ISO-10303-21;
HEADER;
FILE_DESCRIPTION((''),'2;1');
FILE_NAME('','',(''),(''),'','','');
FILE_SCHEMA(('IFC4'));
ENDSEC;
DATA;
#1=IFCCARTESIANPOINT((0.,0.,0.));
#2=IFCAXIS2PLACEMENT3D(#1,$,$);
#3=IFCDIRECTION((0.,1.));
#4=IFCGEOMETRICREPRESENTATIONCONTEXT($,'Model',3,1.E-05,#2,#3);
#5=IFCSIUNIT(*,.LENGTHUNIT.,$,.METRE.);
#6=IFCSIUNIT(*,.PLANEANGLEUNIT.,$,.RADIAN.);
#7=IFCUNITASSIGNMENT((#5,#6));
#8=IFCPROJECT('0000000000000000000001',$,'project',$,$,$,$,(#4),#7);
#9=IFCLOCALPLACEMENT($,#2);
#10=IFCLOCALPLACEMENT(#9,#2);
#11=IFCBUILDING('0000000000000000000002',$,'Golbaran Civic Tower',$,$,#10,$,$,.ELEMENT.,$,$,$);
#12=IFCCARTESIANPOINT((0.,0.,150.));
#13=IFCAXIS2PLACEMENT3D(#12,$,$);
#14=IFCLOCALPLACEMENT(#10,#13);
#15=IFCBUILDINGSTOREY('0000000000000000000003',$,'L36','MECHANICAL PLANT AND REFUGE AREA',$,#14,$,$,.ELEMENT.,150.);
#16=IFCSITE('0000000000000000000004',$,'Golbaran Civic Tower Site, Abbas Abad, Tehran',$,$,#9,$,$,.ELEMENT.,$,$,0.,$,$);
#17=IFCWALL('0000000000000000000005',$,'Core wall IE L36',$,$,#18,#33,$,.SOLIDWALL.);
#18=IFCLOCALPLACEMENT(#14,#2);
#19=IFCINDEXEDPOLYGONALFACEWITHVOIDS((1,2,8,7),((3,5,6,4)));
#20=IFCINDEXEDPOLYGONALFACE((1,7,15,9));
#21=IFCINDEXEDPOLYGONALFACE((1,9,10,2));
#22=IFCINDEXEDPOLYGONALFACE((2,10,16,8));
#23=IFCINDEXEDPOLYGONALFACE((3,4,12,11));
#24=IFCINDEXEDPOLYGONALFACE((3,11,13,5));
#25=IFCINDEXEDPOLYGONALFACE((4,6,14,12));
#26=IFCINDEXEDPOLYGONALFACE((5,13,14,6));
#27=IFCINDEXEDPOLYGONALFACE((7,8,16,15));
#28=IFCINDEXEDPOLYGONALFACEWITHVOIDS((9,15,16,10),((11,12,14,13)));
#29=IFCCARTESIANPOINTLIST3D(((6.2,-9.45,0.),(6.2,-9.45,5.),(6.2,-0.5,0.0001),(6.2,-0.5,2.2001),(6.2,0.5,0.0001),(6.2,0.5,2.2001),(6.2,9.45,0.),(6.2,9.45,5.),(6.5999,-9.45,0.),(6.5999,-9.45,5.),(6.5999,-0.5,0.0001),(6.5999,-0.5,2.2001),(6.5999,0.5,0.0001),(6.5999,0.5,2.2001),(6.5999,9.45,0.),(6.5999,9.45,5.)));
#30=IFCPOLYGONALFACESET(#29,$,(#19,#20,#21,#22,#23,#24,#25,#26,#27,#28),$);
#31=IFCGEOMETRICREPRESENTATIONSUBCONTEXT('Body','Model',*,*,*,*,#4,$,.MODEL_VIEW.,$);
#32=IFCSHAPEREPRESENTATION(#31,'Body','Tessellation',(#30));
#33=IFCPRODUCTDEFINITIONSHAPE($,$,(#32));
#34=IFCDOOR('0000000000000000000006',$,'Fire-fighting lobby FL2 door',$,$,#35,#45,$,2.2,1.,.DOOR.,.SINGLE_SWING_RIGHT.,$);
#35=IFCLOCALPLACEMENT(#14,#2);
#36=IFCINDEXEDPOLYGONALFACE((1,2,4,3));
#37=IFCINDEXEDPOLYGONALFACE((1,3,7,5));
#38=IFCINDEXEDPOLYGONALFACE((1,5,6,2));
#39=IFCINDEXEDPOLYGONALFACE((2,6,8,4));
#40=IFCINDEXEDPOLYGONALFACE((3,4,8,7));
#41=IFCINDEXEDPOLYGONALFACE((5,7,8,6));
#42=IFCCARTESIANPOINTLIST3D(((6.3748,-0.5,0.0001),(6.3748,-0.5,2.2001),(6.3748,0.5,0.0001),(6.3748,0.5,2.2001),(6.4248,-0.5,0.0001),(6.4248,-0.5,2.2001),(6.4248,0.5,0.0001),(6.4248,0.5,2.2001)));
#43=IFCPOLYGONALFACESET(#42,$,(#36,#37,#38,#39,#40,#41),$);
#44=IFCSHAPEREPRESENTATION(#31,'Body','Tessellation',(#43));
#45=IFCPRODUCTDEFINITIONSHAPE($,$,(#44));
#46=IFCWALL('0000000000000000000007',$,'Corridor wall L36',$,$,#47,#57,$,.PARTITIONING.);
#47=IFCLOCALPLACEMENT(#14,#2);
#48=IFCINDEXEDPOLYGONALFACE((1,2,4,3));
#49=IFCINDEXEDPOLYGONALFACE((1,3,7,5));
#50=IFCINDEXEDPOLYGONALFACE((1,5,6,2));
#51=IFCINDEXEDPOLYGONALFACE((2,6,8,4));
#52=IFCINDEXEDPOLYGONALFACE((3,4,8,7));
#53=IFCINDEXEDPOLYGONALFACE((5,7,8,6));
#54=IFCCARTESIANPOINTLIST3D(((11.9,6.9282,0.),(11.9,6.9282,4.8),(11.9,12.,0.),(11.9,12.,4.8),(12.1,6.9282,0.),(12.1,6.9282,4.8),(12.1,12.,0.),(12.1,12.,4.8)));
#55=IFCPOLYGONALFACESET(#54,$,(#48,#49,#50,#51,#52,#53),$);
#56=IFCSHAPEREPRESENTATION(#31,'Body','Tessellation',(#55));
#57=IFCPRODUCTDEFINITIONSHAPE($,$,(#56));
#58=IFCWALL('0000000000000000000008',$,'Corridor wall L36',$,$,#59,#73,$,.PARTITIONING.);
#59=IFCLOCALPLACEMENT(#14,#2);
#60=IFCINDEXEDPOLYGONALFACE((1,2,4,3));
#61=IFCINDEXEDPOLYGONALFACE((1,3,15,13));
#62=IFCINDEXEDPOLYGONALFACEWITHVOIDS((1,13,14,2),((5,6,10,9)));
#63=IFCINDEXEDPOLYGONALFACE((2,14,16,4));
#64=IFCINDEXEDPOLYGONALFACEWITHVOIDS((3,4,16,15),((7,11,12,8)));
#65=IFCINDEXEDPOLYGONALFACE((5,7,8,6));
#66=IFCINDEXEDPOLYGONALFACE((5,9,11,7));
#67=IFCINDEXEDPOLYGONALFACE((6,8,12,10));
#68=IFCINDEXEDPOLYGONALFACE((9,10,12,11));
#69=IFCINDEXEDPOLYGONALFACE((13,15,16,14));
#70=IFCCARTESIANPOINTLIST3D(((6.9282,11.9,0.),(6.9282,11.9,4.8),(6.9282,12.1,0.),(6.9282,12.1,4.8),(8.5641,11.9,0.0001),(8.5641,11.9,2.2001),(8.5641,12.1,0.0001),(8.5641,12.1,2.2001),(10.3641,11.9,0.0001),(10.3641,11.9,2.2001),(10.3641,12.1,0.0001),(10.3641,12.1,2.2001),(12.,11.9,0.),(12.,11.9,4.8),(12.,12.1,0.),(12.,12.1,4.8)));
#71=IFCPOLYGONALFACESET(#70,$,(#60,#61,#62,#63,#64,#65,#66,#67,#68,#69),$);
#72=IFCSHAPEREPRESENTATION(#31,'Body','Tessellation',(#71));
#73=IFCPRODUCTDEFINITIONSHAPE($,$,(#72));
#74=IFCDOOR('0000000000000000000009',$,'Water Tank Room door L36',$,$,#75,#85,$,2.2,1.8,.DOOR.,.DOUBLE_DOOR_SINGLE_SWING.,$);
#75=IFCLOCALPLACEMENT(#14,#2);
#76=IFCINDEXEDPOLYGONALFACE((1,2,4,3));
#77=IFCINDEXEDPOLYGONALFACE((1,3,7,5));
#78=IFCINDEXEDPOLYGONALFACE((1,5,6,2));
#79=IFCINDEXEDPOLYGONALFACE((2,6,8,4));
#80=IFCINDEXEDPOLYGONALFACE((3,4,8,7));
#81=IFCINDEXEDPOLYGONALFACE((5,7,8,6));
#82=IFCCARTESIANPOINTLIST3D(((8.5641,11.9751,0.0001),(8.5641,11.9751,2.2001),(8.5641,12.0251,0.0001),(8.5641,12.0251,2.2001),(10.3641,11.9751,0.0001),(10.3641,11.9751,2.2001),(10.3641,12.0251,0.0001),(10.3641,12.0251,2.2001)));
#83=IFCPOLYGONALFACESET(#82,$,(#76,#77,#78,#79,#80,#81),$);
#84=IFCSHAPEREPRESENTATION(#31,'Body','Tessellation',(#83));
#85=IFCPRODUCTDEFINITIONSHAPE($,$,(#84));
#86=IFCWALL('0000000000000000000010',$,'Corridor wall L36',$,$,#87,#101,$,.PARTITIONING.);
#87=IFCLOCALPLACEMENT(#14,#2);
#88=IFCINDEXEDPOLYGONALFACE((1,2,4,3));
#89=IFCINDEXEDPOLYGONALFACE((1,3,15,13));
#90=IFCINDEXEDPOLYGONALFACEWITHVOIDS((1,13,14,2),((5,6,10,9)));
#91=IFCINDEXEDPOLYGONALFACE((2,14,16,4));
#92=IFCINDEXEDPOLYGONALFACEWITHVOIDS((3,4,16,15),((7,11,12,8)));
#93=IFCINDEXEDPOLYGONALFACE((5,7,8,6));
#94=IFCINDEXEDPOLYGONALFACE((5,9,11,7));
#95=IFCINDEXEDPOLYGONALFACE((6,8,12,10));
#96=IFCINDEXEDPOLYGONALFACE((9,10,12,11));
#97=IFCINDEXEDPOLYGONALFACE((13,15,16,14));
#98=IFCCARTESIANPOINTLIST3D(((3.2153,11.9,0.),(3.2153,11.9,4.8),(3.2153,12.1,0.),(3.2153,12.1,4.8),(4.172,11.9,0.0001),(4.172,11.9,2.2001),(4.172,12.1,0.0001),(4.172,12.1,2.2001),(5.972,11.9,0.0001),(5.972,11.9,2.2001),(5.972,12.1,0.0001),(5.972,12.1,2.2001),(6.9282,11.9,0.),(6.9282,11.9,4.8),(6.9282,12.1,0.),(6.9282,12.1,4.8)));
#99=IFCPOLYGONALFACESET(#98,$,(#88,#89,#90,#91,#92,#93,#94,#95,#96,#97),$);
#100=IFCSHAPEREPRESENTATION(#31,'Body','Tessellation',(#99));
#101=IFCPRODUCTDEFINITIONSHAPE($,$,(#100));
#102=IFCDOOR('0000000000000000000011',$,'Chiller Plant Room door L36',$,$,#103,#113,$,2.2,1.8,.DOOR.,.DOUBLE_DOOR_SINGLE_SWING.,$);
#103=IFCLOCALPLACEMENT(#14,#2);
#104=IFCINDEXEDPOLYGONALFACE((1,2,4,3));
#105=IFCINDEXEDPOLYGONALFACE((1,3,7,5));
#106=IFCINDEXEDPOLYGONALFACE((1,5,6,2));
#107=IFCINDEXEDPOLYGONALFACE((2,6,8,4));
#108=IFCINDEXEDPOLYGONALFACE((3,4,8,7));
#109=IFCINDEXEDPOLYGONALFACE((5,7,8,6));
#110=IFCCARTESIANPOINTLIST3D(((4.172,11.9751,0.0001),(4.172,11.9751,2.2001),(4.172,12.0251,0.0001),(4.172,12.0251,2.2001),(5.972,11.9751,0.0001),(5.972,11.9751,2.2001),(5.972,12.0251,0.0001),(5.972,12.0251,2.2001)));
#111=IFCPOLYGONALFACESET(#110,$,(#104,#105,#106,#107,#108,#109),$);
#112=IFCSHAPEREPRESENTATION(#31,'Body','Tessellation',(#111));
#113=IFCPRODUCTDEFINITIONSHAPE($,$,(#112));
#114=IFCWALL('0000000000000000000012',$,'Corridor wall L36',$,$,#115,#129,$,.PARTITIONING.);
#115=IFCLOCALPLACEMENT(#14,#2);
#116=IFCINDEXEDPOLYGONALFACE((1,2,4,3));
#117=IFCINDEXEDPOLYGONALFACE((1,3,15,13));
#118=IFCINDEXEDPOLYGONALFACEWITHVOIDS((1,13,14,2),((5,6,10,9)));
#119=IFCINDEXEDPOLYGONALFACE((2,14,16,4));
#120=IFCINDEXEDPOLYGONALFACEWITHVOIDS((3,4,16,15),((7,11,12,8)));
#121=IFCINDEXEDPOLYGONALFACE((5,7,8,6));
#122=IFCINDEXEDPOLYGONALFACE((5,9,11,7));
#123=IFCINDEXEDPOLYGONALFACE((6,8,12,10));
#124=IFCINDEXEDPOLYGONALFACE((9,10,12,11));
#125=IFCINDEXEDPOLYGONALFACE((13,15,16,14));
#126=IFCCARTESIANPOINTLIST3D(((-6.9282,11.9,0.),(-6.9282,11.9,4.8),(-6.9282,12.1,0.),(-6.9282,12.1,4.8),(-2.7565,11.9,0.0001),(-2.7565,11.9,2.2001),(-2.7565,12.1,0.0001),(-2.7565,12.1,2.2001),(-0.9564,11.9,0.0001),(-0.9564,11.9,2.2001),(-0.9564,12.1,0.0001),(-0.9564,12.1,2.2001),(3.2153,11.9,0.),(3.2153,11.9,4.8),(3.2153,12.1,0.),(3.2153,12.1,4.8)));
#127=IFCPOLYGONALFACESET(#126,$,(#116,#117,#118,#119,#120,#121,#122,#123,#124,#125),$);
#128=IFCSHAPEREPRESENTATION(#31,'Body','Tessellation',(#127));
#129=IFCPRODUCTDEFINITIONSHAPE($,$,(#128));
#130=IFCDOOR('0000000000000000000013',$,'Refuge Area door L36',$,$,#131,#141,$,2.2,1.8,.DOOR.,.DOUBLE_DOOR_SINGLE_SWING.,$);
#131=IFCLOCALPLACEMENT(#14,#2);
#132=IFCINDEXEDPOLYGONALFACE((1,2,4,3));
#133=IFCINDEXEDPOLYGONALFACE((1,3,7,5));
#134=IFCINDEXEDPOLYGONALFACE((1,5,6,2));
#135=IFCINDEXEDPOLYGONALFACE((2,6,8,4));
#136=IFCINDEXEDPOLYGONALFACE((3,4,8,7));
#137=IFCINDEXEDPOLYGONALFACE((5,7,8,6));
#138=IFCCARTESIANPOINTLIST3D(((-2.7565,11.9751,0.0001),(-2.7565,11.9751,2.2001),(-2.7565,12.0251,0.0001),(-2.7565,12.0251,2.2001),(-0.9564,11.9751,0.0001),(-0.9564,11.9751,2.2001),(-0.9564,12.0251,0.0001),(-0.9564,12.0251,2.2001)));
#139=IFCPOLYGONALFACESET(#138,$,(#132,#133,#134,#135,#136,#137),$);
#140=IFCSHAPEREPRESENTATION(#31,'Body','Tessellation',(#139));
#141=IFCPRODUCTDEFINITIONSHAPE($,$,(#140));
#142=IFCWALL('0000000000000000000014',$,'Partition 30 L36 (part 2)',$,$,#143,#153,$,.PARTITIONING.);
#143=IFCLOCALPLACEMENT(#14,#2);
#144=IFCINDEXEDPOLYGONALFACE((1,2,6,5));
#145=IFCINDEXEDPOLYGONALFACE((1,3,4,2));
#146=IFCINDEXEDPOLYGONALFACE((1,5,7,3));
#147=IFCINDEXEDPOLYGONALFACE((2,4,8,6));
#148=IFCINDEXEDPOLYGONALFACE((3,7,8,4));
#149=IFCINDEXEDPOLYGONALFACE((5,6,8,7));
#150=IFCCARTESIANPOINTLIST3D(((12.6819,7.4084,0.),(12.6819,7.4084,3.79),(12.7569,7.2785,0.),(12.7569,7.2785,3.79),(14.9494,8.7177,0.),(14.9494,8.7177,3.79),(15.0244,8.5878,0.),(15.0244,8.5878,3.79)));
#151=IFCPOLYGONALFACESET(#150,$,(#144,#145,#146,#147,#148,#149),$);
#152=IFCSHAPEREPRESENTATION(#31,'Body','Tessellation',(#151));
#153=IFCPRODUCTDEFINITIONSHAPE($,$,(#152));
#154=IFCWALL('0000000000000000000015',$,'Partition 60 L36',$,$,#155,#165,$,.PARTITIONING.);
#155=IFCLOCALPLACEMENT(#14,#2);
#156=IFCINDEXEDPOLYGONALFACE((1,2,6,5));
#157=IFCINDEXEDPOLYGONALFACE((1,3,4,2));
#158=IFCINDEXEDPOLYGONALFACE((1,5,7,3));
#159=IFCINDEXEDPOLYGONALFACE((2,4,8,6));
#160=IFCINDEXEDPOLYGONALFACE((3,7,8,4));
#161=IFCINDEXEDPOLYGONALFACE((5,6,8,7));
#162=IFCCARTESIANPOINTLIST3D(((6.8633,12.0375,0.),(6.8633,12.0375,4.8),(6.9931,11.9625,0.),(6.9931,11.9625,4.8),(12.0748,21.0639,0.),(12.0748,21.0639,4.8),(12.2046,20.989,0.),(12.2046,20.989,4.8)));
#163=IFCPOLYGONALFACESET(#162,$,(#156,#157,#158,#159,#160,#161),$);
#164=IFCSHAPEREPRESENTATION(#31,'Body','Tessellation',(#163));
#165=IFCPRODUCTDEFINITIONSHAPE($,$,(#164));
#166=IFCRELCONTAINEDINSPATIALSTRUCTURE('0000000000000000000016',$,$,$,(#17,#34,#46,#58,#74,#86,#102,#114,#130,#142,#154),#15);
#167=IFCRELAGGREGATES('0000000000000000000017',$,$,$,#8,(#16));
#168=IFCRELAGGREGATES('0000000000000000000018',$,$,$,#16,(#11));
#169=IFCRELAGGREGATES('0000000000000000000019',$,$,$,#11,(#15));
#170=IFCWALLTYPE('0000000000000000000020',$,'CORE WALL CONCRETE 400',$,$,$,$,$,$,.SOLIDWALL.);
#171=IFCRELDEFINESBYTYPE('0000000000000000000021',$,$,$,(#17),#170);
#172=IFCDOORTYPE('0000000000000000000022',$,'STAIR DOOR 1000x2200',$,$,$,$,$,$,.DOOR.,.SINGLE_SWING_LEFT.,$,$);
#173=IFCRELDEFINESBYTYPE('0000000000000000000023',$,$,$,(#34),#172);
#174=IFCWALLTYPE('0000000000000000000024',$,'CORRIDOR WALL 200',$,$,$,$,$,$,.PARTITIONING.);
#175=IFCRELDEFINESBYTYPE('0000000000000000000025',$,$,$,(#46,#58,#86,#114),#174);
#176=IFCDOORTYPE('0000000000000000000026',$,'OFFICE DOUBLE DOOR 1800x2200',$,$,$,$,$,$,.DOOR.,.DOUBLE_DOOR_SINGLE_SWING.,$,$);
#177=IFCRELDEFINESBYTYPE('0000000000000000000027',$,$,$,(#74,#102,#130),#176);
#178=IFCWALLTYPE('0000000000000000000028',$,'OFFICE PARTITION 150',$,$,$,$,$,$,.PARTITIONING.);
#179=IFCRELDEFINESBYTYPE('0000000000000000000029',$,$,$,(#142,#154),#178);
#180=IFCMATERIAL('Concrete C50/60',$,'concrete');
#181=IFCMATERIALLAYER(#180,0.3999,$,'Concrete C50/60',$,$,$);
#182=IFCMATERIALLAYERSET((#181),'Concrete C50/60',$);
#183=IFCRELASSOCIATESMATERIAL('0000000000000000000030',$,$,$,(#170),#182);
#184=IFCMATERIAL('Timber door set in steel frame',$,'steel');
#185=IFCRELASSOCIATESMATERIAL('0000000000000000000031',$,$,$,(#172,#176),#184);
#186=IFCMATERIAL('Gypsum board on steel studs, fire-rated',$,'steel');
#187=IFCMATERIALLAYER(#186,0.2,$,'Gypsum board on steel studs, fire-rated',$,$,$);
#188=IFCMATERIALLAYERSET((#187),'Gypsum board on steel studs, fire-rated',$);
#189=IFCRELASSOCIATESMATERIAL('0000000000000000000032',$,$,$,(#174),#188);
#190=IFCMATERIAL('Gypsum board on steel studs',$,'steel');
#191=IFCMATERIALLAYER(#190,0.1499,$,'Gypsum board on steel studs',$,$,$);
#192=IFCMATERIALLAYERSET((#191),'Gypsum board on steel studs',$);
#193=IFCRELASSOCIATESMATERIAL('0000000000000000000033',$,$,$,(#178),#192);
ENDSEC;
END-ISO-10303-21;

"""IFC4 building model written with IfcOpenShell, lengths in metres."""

from ifc_helpers import new_model, si_unit, direction, frame, frame_2d, origin, place, context, subcontext, project, spatial, rectangle, extrude, material, layer, layer_set, type_object, element, fill, save


model = new_model("IFC4")

# Units and contexts
model_context = context("Model", 3, precision=1e-05, world=origin(), true_north=direction((0.0, 1.0)))
body_context = subcontext(model_context, "Body", "Model", "MODEL_VIEW")
ifc_project = project(units=[si_unit("LENGTHUNIT", "METRE"), si_unit("PLANEANGLEUNIT", "RADIAN")], contexts=[model_context])

# Site, building, storey
site_placement = place(None, origin())
site = spatial("IfcSite", under=ifc_project, at=site_placement, Name="Golbaran Civic Tower Site, Abbas Abad, Tehran", CompositionType="ELEMENT", RefElevation=0.0)
building_placement = place(site_placement, origin())
building = spatial("IfcBuilding", under=site, at=building_placement, Name="Golbaran Civic Tower", CompositionType="ELEMENT")
storey_placement = place(building_placement, frame((0.0, 0.0, 150.0)))
storey = spatial("IfcBuildingStorey", under=building, at=storey_placement, Name="L36", Description="MECHANICAL PLANT AND REFUGE AREA", CompositionType="ELEMENT", Elevation=150.0)

# Wall, opening, door
ifc_material_1 = material(Name="Concrete C50/60", Category="concrete")
ifc_layer_1 = layer(ifc_material_1, 0.3999, Name="Concrete C50/60")
ifc_layer_set_1 = layer_set([ifc_layer_1], Name="Concrete C50/60")
wall_type_1 = type_object("IfcWallType", Name="CORE WALL CONCRETE 400", PredefinedType="SOLIDWALL", material=ifc_layer_set_1)
wall_1_placement = place(storey_placement, frame((6.3999, 9.45, 0.0), z_axis=(0.0, 0.0, 1.0), x_axis=(0.0, -1.0, 0.0)))
wall_1 = element("IfcWall", 1, at=wall_1_placement, inside=storey, type_object=wall_type_1, Name="Core wall IE L36", PredefinedType="SOLIDWALL", context=body_context, shape_type="SweptSolid", body=[
    extrude(rectangle(XDim=18.8999, YDim=0.3999, at=frame_2d((9.45, 0.0))), origin(), (0.0, 0.0, 1.0), 5.0),
])
opening_1_placement = place(wall_1_placement, frame((8.95, 0.0, 0.0)))
opening_1 = element("IfcOpeningElement", 2, at=opening_1_placement, cuts=wall_1, PredefinedType="OPENING", context=body_context, shape_type="SweptSolid", body=[
    extrude(rectangle(XDim=1.0, YDim=2.2, at=frame_2d((0.5, 1.1001))), frame((0.0, 0.21, 0.0), z_axis=(0.0, -1.0, 0.0), x_axis=(1.0, 0.0, 0.0)), (0.0, 0.0, 1.0), 0.4199),
])
ifc_material_2 = material(Name="Timber door set in steel frame", Category="steel")
door_type_1 = type_object("IfcDoorType", Name="STAIR DOOR 1000x2200", OperationType="SINGLE_SWING_LEFT", PredefinedType="DOOR", material=ifc_material_2)
door_1_placement = place(opening_1_placement, origin())
door_1 = element("IfcDoor", 3, at=door_1_placement, inside=storey, type_object=door_type_1, Name="Fire-fighting lobby FL2 door", OperationType="SINGLE_SWING_RIGHT", OverallHeight=2.2, OverallWidth=1.0, PredefinedType="DOOR", context=body_context, shape_type="SweptSolid", body=[
    extrude(rectangle(XDim=1.0, YDim=2.2, at=frame_2d((0.5, 1.1001))), frame((0.0, 0.0249, 0.0), z_axis=(0.0, -1.0, 0.0), x_axis=(1.0, 0.0, 0.0)), (0.0, 0.0, 1.0), 0.05),
])
fill(opening_1, door_1)

# Wall
ifc_material_3 = material(Name="Gypsum board on steel studs, fire-rated", Category="steel")
ifc_layer_2 = layer(ifc_material_3, 0.2, Name="Gypsum board on steel studs, fire-rated")
ifc_layer_set_2 = layer_set([ifc_layer_2], Name="Gypsum board on steel studs, fire-rated")
wall_type_2 = type_object("IfcWallType", Name="CORRIDOR WALL 200", PredefinedType="PARTITIONING", material=ifc_layer_set_2)
wall_2_placement = place(storey_placement, frame((12.0, 6.9282, 0.0), z_axis=(0.0, 0.0, 1.0), x_axis=(0.0, 1.0, 0.0)))
element("IfcWall", 4, at=wall_2_placement, inside=storey, type_object=wall_type_2, Name="Corridor wall L36", PredefinedType="PARTITIONING", context=body_context, shape_type="SweptSolid", body=[
    extrude(rectangle(XDim=5.0718, YDim=0.2, at=frame_2d((2.5359, 0.0))), origin(), (0.0, 0.0, 1.0), 4.8),
])

# Walls, openings, doors
wall_3_placement = place(storey_placement, frame((12.0, 12.0, 0.0), z_axis=(0.0, 0.0, 1.0), x_axis=(-1.0, 0.0, 0.0)))
wall_3 = element("IfcWall", 5, at=wall_3_placement, inside=storey, type_object=wall_type_2, Name="Corridor wall L36", PredefinedType="PARTITIONING", context=body_context, shape_type="SweptSolid", body=[
    extrude(rectangle(XDim=5.0718, YDim=0.2, at=frame_2d((2.5359, 0.0))), origin(), (0.0, 0.0, 1.0), 4.8),
])
opening_2_placement = place(wall_3_placement, frame((1.636, 0.0, 0.0)))
opening_2 = element("IfcOpeningElement", 6, at=opening_2_placement, cuts=wall_3, PredefinedType="OPENING", context=body_context, shape_type="SweptSolid", body=[
    extrude(rectangle(XDim=1.8, YDim=2.2, at=frame_2d((0.8999, 1.1001))), frame((0.0, 0.1099, 0.0), z_axis=(0.0, -1.0, 0.0), x_axis=(1.0, 0.0, 0.0)), (0.0, 0.0, 1.0), 0.22),
])
door_type_2 = type_object("IfcDoorType", Name="OFFICE DOUBLE DOOR 1800x2200", OperationType="DOUBLE_DOOR_SINGLE_SWING", PredefinedType="DOOR", material=ifc_material_2)
door_2_placement = place(opening_2_placement, origin())
door_2 = element("IfcDoor", 7, at=door_2_placement, inside=storey, type_object=door_type_2, Name="Water Tank Room door L36", OperationType="DOUBLE_DOOR_SINGLE_SWING", OverallHeight=2.2, OverallWidth=1.8, PredefinedType="DOOR", context=body_context, shape_type="SweptSolid", body=[
    extrude(rectangle(XDim=1.8, YDim=2.2, at=frame_2d((0.8999, 1.1001))), frame((0.0, 0.0249, 0.0), z_axis=(0.0, -1.0, 0.0), x_axis=(1.0, 0.0, 0.0)), (0.0, 0.0, 1.0), 0.05),
])
fill(opening_2, door_2)
wall_4_placement = place(storey_placement, frame((6.9282, 12.0, 0.0), z_axis=(0.0, 0.0, 1.0), x_axis=(-1.0, 0.0, 0.0)))
wall_4 = element("IfcWall", 8, at=wall_4_placement, inside=storey, type_object=wall_type_2, Name="Corridor wall L36", PredefinedType="PARTITIONING", context=body_context, shape_type="SweptSolid", body=[
    extrude(rectangle(XDim=3.7129, YDim=0.2, at=frame_2d((1.8564, 0.0))), origin(), (0.0, 0.0, 1.0), 4.8),
])
opening_3_placement = place(wall_4_placement, frame((0.9563, 0.0, 0.0)))
opening_3 = element("IfcOpeningElement", 9, at=opening_3_placement, cuts=wall_4, PredefinedType="OPENING", context=body_context, shape_type="SweptSolid", body=[
    extrude(rectangle(XDim=1.8, YDim=2.2, at=frame_2d((0.8999, 1.1001))), frame((0.0, 0.1099, 0.0), z_axis=(0.0, -1.0, 0.0), x_axis=(1.0, 0.0, 0.0)), (0.0, 0.0, 1.0), 0.22),
])
door_3_placement = place(opening_3_placement, origin())
door_3 = element("IfcDoor", 10, at=door_3_placement, inside=storey, type_object=door_type_2, Name="Chiller Plant Room door L36", OperationType="DOUBLE_DOOR_SINGLE_SWING", OverallHeight=2.2, OverallWidth=1.8, PredefinedType="DOOR", context=body_context, shape_type="SweptSolid", body=[
    extrude(rectangle(XDim=1.8, YDim=2.2, at=frame_2d((0.8999, 1.1001))), frame((0.0, 0.0249, 0.0), z_axis=(0.0, -1.0, 0.0), x_axis=(1.0, 0.0, 0.0)), (0.0, 0.0, 1.0), 0.05),
])
fill(opening_3, door_3)
wall_5_placement = place(storey_placement, frame((3.2153, 12.0, 0.0), z_axis=(0.0, 0.0, 1.0), x_axis=(-1.0, 0.0, 0.0)))
wall_5 = element("IfcWall", 11, at=wall_5_placement, inside=storey, type_object=wall_type_2, Name="Corridor wall L36", PredefinedType="PARTITIONING", context=body_context, shape_type="SweptSolid", body=[
    extrude(rectangle(XDim=10.1436, YDim=0.2, at=frame_2d((5.0718, 0.0))), origin(), (0.0, 0.0, 1.0), 4.8),
])
opening_4_placement = place(wall_5_placement, frame((4.1719, 0.0, 0.0)))
opening_4 = element("IfcOpeningElement", 12, at=opening_4_placement, cuts=wall_5, PredefinedType="OPENING", context=body_context, shape_type="SweptSolid", body=[
    extrude(rectangle(XDim=1.8, YDim=2.2, at=frame_2d((0.8999, 1.1001))), frame((0.0, 0.1099, 0.0), z_axis=(0.0, -1.0, 0.0), x_axis=(1.0, 0.0, 0.0)), (0.0, 0.0, 1.0), 0.22),
])
door_4_placement = place(opening_4_placement, origin())
door_4 = element("IfcDoor", 13, at=door_4_placement, inside=storey, type_object=door_type_2, Name="Refuge Area door L36", OperationType="DOUBLE_DOOR_SINGLE_SWING", OverallHeight=2.2, OverallWidth=1.8, PredefinedType="DOOR", context=body_context, shape_type="SweptSolid", body=[
    extrude(rectangle(XDim=1.8, YDim=2.2, at=frame_2d((0.8999, 1.1001))), frame((0.0, 0.0249, 0.0), z_axis=(0.0, -1.0, 0.0), x_axis=(1.0, 0.0, 0.0)), (0.0, 0.0, 1.0), 0.05),
])
fill(opening_4, door_4)

# Walls
ifc_material_4 = material(Name="Gypsum board on steel studs", Category="steel")
ifc_layer_3 = layer(ifc_material_4, 0.1499, Name="Gypsum board on steel studs")
ifc_layer_set_3 = layer_set([ifc_layer_3], Name="Gypsum board on steel studs")
wall_type_3 = type_object("IfcWallType", Name="OFFICE PARTITION 150", PredefinedType="PARTITIONING", material=ifc_layer_set_3)
wall_6_placement = place(storey_placement, frame((12.7195, 7.3435, 0.0), z_axis=(0.0, 0.0, 1.0), x_axis=(0.866002, 0.50004, 0.0)))
element("IfcWall", 14, at=wall_6_placement, inside=storey, type_object=wall_type_3, Name="Partition 30 L36 (part 2)", PredefinedType="PARTITIONING", context=body_context, shape_type="SweptSolid", body=[
    extrude(rectangle(XDim=2.6184, YDim=0.1499, at=frame_2d((1.3091, 0.0))), origin(), (0.0, 0.0, 1.0), 3.79),
])
wall_7_placement = place(storey_placement, frame((6.9282, 12.0, 0.0), z_axis=(0.0, 0.0, 1.0), x_axis=(0.500004, 0.866023, 0.0)))
element("IfcWall", 15, at=wall_7_placement, inside=storey, type_object=wall_type_3, Name="Partition 60 L36", PredefinedType="PARTITIONING", context=body_context, shape_type="SweptSolid", body=[
    extrude(rectangle(XDim=10.4229, YDim=0.1499, at=frame_2d((5.2114, 0.0))), origin(), (0.0, 0.0, 1.0), 4.8),
])

save(model, "model.ifc")
